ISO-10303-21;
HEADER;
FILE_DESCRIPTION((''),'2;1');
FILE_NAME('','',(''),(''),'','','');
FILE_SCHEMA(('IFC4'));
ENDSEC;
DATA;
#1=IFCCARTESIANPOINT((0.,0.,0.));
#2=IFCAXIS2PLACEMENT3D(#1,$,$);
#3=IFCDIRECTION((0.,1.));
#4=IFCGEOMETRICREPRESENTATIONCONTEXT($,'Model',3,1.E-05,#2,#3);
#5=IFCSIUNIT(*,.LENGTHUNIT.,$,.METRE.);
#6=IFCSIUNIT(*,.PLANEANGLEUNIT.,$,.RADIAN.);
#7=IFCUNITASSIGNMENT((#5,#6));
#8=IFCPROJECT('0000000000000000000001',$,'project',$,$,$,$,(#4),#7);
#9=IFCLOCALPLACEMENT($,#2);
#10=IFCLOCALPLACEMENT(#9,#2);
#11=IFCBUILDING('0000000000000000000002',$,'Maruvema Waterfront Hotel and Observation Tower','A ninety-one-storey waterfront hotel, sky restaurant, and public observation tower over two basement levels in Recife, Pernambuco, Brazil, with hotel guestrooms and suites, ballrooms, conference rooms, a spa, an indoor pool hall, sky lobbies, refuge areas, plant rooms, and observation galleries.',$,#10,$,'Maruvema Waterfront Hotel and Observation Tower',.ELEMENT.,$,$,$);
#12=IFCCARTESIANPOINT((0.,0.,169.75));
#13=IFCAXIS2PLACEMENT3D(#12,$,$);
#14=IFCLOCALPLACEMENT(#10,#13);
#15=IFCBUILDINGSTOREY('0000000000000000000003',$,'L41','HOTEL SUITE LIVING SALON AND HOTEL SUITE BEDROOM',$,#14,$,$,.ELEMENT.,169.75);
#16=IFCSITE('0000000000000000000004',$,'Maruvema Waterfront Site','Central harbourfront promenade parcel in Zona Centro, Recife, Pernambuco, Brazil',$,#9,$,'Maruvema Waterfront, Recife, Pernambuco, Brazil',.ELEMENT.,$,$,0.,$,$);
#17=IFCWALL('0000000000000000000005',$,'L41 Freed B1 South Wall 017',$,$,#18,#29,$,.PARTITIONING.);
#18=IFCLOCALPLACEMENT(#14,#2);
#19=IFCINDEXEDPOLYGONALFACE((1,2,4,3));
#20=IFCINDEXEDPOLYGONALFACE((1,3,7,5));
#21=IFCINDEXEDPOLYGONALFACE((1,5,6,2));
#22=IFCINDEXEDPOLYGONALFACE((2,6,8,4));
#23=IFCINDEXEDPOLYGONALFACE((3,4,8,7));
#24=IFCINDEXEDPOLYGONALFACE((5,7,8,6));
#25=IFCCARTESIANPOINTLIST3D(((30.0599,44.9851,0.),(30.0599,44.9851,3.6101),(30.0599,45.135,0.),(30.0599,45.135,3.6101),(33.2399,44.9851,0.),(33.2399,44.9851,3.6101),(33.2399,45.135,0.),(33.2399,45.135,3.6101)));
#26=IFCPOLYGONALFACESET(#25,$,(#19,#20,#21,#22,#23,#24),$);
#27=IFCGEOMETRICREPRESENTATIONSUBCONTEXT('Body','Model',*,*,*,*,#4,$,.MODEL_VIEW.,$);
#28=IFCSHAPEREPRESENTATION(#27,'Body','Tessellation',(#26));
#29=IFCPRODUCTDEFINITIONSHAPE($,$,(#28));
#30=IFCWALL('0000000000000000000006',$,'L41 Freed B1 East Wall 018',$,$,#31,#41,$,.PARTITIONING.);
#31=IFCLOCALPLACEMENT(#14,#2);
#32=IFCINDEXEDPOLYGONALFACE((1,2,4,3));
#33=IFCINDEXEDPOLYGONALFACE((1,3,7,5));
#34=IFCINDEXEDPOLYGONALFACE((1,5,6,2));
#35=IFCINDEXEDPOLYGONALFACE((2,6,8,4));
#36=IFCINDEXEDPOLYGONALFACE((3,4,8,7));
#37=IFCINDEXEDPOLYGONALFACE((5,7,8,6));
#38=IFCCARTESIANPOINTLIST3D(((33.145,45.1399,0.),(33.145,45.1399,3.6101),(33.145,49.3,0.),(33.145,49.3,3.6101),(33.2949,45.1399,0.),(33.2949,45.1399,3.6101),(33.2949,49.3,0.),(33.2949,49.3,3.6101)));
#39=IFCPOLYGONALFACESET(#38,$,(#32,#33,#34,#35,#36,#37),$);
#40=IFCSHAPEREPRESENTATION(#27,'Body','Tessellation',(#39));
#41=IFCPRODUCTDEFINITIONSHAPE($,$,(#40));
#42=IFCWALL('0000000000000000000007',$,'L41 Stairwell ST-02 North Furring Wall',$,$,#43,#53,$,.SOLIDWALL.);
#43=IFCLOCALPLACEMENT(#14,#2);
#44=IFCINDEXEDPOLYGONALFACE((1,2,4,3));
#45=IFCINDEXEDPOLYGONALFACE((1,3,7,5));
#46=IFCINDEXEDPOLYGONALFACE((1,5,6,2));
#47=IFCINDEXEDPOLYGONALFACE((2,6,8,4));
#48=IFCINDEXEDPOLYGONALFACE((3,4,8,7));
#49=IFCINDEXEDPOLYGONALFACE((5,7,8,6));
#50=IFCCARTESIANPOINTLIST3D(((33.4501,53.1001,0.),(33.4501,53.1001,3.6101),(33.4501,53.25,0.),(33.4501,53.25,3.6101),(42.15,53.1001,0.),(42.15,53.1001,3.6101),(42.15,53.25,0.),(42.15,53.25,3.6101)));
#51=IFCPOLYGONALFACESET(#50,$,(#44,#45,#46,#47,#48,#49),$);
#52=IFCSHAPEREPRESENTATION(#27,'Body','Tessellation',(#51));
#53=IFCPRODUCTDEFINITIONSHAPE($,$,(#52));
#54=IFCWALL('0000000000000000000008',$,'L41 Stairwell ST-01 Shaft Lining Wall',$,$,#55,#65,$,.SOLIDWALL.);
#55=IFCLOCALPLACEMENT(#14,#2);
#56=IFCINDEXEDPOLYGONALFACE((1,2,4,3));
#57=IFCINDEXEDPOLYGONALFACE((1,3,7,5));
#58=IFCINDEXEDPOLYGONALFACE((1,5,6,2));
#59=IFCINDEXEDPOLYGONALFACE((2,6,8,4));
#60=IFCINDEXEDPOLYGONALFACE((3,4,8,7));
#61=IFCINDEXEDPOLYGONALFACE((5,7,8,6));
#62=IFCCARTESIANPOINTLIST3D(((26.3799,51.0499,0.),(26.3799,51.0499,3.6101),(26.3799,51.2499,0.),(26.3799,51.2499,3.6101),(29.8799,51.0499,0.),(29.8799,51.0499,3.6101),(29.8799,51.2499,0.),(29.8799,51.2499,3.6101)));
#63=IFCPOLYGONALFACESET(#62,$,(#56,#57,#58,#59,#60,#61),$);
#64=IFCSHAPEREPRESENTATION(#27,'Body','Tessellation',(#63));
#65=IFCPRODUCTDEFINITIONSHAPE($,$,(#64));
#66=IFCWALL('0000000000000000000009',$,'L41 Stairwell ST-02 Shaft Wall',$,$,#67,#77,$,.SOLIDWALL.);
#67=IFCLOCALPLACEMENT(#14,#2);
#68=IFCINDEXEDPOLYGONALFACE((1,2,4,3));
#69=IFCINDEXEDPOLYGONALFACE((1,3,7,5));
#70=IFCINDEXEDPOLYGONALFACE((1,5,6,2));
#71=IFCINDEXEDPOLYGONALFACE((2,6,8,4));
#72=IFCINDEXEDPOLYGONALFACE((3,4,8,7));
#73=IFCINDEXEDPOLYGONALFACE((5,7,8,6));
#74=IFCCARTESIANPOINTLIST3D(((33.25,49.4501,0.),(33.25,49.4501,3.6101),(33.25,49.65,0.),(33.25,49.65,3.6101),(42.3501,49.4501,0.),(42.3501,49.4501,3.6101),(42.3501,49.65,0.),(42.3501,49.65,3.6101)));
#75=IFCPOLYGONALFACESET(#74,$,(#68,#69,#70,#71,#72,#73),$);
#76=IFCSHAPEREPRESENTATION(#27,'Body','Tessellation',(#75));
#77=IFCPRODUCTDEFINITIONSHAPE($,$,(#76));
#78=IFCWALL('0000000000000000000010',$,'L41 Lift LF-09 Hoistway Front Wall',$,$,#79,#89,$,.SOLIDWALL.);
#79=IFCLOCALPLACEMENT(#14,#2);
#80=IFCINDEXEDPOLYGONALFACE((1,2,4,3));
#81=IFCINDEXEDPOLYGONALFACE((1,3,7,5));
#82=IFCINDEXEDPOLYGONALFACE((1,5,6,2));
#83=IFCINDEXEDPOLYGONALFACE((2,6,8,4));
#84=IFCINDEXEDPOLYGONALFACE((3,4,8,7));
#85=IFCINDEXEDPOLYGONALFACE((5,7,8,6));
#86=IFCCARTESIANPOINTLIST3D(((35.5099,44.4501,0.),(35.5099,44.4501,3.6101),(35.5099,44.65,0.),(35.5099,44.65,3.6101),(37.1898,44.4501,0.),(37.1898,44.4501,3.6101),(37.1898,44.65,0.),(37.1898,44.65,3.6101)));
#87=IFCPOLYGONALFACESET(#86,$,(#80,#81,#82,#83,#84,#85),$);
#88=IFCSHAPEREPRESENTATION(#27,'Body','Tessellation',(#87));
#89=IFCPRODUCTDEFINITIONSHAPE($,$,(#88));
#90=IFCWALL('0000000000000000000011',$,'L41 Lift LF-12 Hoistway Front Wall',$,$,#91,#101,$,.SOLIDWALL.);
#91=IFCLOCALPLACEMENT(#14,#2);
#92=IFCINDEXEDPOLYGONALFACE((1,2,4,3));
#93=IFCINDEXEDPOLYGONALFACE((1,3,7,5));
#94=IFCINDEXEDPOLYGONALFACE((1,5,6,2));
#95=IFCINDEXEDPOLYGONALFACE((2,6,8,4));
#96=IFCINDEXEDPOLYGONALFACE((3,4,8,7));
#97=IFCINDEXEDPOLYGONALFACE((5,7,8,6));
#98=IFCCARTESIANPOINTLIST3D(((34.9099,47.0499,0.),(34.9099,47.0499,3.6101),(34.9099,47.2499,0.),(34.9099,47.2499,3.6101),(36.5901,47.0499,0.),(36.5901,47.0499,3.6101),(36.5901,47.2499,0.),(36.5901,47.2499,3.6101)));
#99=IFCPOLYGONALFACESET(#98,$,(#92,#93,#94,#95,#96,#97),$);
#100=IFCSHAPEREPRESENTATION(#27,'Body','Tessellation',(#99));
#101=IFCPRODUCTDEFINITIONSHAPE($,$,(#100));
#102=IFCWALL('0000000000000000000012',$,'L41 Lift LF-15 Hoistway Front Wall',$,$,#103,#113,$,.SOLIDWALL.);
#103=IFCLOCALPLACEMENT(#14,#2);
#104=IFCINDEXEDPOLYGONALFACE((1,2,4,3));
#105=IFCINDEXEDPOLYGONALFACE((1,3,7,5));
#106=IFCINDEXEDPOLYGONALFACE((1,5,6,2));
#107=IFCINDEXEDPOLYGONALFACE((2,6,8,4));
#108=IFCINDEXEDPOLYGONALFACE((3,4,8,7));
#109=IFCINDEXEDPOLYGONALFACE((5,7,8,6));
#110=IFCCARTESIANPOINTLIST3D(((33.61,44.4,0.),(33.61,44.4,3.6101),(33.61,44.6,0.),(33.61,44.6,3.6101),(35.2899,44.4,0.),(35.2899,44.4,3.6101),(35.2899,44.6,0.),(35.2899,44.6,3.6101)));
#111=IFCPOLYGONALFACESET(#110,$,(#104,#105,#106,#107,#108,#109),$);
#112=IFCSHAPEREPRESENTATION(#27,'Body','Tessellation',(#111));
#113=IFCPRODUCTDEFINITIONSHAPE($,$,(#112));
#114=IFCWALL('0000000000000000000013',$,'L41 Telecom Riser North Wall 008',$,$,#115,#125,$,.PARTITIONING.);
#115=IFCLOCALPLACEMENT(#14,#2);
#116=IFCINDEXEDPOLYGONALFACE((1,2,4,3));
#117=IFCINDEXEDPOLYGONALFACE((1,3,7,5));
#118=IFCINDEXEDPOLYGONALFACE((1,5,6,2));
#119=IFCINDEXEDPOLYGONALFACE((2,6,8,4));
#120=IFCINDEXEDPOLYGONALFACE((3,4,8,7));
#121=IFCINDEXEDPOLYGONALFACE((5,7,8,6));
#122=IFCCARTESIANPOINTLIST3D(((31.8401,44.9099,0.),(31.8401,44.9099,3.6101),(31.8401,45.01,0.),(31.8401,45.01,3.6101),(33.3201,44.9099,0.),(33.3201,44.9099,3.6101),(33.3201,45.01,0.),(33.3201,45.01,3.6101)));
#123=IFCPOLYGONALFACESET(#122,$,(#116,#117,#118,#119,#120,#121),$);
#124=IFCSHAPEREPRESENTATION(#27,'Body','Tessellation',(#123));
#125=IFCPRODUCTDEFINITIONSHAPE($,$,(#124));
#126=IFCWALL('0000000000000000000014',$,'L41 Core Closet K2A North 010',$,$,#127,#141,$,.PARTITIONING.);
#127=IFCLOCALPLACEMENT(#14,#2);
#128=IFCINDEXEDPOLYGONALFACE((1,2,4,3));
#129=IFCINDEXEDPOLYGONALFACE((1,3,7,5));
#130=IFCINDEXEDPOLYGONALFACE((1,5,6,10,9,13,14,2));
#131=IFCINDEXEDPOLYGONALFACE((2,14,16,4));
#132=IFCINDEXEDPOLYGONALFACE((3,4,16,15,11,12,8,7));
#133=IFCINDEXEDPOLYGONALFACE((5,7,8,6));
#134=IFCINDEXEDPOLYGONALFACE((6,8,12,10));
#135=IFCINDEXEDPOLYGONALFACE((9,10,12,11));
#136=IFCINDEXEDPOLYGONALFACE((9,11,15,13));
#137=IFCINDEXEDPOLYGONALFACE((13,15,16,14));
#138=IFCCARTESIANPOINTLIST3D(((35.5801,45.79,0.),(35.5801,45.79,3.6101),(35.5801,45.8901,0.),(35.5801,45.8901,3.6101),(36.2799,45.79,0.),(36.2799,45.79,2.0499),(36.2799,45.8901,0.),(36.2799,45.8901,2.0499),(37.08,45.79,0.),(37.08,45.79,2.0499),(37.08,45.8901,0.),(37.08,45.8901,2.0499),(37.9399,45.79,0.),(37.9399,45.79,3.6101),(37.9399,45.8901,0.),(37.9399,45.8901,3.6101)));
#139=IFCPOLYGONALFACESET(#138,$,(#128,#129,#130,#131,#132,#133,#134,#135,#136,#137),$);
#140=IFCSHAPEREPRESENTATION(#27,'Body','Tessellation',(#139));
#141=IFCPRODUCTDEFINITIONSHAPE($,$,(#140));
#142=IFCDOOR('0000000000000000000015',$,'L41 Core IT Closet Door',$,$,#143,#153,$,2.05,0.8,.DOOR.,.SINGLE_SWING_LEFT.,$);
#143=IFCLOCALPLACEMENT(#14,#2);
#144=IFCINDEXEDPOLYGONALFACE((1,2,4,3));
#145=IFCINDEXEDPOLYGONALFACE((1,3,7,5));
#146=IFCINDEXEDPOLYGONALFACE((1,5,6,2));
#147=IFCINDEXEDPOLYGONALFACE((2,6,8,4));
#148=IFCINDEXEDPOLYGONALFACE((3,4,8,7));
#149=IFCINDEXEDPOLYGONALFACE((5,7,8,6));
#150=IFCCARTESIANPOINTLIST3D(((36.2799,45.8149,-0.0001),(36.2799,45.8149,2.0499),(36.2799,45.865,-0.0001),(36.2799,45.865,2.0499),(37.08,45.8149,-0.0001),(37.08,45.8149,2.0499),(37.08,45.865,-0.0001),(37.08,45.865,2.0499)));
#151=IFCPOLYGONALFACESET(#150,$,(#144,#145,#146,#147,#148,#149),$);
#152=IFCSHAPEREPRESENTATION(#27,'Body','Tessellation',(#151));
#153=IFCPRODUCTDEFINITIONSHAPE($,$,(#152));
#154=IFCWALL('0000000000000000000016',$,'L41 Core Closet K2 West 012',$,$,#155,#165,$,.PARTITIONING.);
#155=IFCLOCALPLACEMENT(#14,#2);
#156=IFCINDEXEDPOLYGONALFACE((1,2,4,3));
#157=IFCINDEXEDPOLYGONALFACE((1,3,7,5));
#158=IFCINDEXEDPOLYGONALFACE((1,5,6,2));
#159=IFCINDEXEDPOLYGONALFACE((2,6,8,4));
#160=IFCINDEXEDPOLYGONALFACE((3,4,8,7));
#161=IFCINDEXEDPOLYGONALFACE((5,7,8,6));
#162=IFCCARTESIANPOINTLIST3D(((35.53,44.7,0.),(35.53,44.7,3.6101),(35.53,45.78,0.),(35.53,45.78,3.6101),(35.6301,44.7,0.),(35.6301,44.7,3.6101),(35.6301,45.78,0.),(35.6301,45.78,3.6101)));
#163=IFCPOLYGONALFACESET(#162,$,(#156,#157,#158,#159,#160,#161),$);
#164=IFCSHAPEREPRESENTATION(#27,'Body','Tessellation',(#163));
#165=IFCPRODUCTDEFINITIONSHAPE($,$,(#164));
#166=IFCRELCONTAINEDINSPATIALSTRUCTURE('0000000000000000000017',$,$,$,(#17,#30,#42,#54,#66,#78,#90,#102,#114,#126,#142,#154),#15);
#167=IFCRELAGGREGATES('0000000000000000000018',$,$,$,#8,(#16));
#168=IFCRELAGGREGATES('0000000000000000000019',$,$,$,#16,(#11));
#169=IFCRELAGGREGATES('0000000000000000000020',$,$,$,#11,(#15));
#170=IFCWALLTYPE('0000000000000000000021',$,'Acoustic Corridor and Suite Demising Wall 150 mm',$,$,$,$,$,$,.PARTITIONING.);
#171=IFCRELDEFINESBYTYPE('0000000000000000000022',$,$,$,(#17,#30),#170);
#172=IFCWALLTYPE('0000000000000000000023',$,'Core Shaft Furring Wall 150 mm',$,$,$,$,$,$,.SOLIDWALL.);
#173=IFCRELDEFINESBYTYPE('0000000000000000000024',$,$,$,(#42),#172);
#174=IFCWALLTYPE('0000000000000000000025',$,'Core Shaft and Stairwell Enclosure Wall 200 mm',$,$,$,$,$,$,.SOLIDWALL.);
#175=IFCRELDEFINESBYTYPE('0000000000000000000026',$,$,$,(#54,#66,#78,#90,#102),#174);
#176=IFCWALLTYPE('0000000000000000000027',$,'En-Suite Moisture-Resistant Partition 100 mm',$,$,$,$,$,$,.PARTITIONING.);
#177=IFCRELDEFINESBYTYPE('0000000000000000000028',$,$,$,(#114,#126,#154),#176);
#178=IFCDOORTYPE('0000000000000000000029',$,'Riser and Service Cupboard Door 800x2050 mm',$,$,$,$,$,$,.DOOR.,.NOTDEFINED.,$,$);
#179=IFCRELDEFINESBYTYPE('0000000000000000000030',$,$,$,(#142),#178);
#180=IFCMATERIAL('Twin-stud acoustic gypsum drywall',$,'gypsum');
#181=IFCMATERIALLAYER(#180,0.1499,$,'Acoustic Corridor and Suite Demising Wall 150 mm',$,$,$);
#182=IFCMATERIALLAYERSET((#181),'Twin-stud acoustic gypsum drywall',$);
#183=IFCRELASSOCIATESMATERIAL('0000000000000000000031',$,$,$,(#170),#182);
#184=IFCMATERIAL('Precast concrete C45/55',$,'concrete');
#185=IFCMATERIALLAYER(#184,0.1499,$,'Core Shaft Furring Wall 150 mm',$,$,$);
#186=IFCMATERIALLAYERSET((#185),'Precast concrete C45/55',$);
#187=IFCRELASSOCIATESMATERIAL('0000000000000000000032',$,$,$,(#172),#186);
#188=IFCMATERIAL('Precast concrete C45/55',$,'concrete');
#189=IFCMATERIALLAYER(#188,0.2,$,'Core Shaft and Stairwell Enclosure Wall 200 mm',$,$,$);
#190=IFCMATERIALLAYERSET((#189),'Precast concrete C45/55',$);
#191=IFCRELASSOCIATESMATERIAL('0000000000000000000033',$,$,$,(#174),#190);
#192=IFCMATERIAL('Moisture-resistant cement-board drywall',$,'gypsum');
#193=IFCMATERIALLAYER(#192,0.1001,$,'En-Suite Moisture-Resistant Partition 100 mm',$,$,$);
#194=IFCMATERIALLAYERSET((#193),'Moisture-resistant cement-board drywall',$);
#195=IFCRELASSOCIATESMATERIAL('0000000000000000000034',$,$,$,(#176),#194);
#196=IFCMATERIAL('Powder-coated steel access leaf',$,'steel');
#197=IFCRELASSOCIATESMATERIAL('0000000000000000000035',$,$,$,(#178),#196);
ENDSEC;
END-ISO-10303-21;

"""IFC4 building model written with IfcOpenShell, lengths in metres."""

from ifc_helpers import new_model, si_unit, direction, frame, frame_2d, origin, place, context, subcontext, project, spatial, rectangle, extrude, material, layer, layer_set, type_object, element, fill, save


model = new_model("IFC4")

# Units and contexts
model_context = context("Model", 3, precision=1e-05, world=origin(), true_north=direction((0.0, 1.0)))
body_context = subcontext(model_context, "Body", "Model", "MODEL_VIEW")
ifc_project = project(units=[si_unit("LENGTHUNIT", "METRE"), si_unit("PLANEANGLEUNIT", "RADIAN")], contexts=[model_context])

# Site, building, storey
site_placement = place(None, origin())
site = spatial("IfcSite", under=ifc_project, at=site_placement, Name="Maruvema Waterfront Site", Description="Central harbourfront promenade parcel in Zona Centro, Recife, Pernambuco, Brazil", LongName="Maruvema Waterfront, Recife, Pernambuco, Brazil", CompositionType="ELEMENT", RefElevation=0.0)
building_placement = place(site_placement, origin())
building = spatial("IfcBuilding", under=site, at=building_placement, Name="Maruvema Waterfront Hotel and Observation Tower", Description="A ninety-one-storey waterfront hotel, sky restaurant, and public observation tower over two basement levels in Recife, Pernambuco, Brazil, with hotel guestrooms and suites, ballrooms, conference rooms, a spa, an indoor pool hall, sky lobbies, refuge areas, plant rooms, and observation galleries.", LongName="Maruvema Waterfront Hotel and Observation Tower", CompositionType="ELEMENT")
storey_placement = place(building_placement, frame((0.0, 0.0, 169.75)))
storey = spatial("IfcBuildingStorey", under=building, at=storey_placement, Name="L41", Description="HOTEL SUITE LIVING SALON AND HOTEL SUITE BEDROOM", CompositionType="ELEMENT", Elevation=169.75)

# Walls
ifc_material_1 = material(Name="Twin-stud acoustic gypsum drywall", Category="gypsum")
ifc_layer_1 = layer(ifc_material_1, 0.1499, Name="Acoustic Corridor and Suite Demising Wall 150 mm")
ifc_layer_set_1 = layer_set([ifc_layer_1], Name="Twin-stud acoustic gypsum drywall")
wall_type_1 = type_object("IfcWallType", Name="Acoustic Corridor and Suite Demising Wall 150 mm", PredefinedType="PARTITIONING", material=ifc_layer_set_1)
wall_1_placement = place(storey_placement, frame((30.0601, 45.0601, 0.0), z_axis=(0.0, 0.0, 1.0), x_axis=(1.0, 0.0, 0.0)))
element("IfcWall", 1, at=wall_1_placement, inside=storey, type_object=wall_type_1, Name="L41 Freed B1 South Wall 017", PredefinedType="PARTITIONING", context=body_context, shape_type="SweptSolid", body=[
    extrude(rectangle(XDim=3.1799, YDim=0.1499, at=frame_2d((1.5898, 0.0))), origin(), (0.0, 0.0, 1.0), 3.6101),
])
wall_2_placement = place(storey_placement, frame((33.22, 45.1399, 0.0), z_axis=(0.0, 0.0, 1.0), x_axis=(0.0, 1.0, 0.0)))
element("IfcWall", 2, at=wall_2_placement, inside=storey, type_object=wall_type_1, Name="L41 Freed B1 East Wall 018", PredefinedType="PARTITIONING", context=body_context, shape_type="SweptSolid", body=[
    extrude(rectangle(XDim=4.1602, YDim=0.1499, at=frame_2d((2.0801, 0.0))), origin(), (0.0, 0.0, 1.0), 3.6101),
])
ifc_material_2 = material(Name="Precast concrete C45/55", Category="concrete")
ifc_layer_2 = layer(ifc_material_2, 0.1499, Name="Core Shaft Furring Wall 150 mm")
ifc_layer_set_2 = layer_set([ifc_layer_2], Name="Precast concrete C45/55")
wall_type_2 = type_object("IfcWallType", Name="Core Shaft Furring Wall 150 mm", PredefinedType="SOLIDWALL", material=ifc_layer_set_2)
wall_3_placement = place(storey_placement, frame((33.45, 53.175, 0.0), z_axis=(0.0, 0.0, 1.0), x_axis=(1.0, 0.0, 0.0)))
element("IfcWall", 3, at=wall_3_placement, inside=storey, type_object=wall_type_2, Name="L41 Stairwell ST-02 North Furring Wall", PredefinedType="SOLIDWALL", context=body_context, shape_type="SweptSolid", body=[
    extrude(rectangle(XDim=8.7, YDim=0.1499, at=frame_2d((4.3501, 0.0))), origin(), (0.0, 0.0, 1.0), 3.6101),
])
ifc_material_3 = material(Name="Precast concrete C45/55", Category="concrete")
ifc_layer_3 = layer(ifc_material_3, 0.2, Name="Core Shaft and Stairwell Enclosure Wall 200 mm")
ifc_layer_set_3 = layer_set([ifc_layer_3], Name="Precast concrete C45/55")
wall_type_3 = type_object("IfcWallType", Name="Core Shaft and Stairwell Enclosure Wall 200 mm", PredefinedType="SOLIDWALL", material=ifc_layer_set_3)
wall_4_placement = place(storey_placement, frame((26.3799, 51.1499, 0.0), z_axis=(0.0, 0.0, 1.0), x_axis=(1.0, 0.0, 0.0)))
element("IfcWall", 4, at=wall_4_placement, inside=storey, type_object=wall_type_3, Name="L41 Stairwell ST-01 Shaft Lining Wall", PredefinedType="SOLIDWALL", context=body_context, shape_type="SweptSolid", body=[
    extrude(rectangle(XDim=3.5, YDim=0.2, at=frame_2d((1.75, 0.0))), origin(), (0.0, 0.0, 1.0), 3.6101),
])
wall_5_placement = place(storey_placement, frame((33.25, 49.55, 0.0), z_axis=(0.0, 0.0, 1.0), x_axis=(1.0, 0.0, 0.0)))
element("IfcWall", 5, at=wall_5_placement, inside=storey, type_object=wall_type_3, Name="L41 Stairwell ST-02 Shaft Wall", PredefinedType="SOLIDWALL", context=body_context, shape_type="SweptSolid", body=[
    extrude(rectangle(XDim=9.1001, YDim=0.2, at=frame_2d((4.55, 0.0))), origin(), (0.0, 0.0, 1.0), 3.6101),
])

# Walls
wall_6_placement = place(storey_placement, frame((35.51, 44.55, 0.0), z_axis=(0.0, 0.0, 1.0), x_axis=(1.0, 0.0, 0.0)))
element("IfcWall", 6, at=wall_6_placement, inside=storey, type_object=wall_type_3, Name="L41 Lift LF-09 Hoistway Front Wall", PredefinedType="SOLIDWALL", context=body_context, shape_type="SweptSolid", body=[
    extrude(rectangle(XDim=1.6799, YDim=0.2, at=frame_2d((0.8398, 0.0))), origin(), (0.0, 0.0, 1.0), 3.6101),
])
wall_7_placement = place(storey_placement, frame((34.9099, 47.1499, 0.0), z_axis=(0.0, 0.0, 1.0), x_axis=(1.0, 0.0, 0.0)))
element("IfcWall", 7, at=wall_7_placement, inside=storey, type_object=wall_type_3, Name="L41 Lift LF-12 Hoistway Front Wall", PredefinedType="SOLIDWALL", context=body_context, shape_type="SweptSolid", body=[
    extrude(rectangle(XDim=1.6802, YDim=0.2, at=frame_2d((0.8401, 0.0))), origin(), (0.0, 0.0, 1.0), 3.6101),
])
wall_8_placement = place(storey_placement, frame((33.6101, 44.5, 0.0), z_axis=(0.0, 0.0, 1.0), x_axis=(1.0, 0.0, 0.0)))
element("IfcWall", 8, at=wall_8_placement, inside=storey, type_object=wall_type_3, Name="L41 Lift LF-15 Hoistway Front Wall", PredefinedType="SOLIDWALL", context=body_context, shape_type="SweptSolid", body=[
    extrude(rectangle(XDim=1.6799, YDim=0.2, at=frame_2d((0.8398, 0.0))), origin(), (0.0, 0.0, 1.0), 3.6101),
])
ifc_material_4 = material(Name="Moisture-resistant cement-board drywall", Category="gypsum")
ifc_layer_4 = layer(ifc_material_4, 0.1001, Name="En-Suite Moisture-Resistant Partition 100 mm")
ifc_layer_set_4 = layer_set([ifc_layer_4], Name="Moisture-resistant cement-board drywall")
wall_type_4 = type_object("IfcWallType", Name="En-Suite Moisture-Resistant Partition 100 mm", PredefinedType="PARTITIONING", material=ifc_layer_set_4)
wall_9_placement = place(storey_placement, frame((31.8401, 44.96, 0.0), z_axis=(0.0, 0.0, 1.0), x_axis=(1.0, 0.0, 0.0)))
element("IfcWall", 9, at=wall_9_placement, inside=storey, type_object=wall_type_4, Name="L41 Telecom Riser North Wall 008", PredefinedType="PARTITIONING", context=body_context, shape_type="SweptSolid", body=[
    extrude(rectangle(XDim=1.48, YDim=0.1001, at=frame_2d((0.74, 0.0))), origin(), (0.0, 0.0, 1.0), 3.6101),
])

# Wall, opening, door
wall_10_placement = place(storey_placement, frame((35.5801, 45.8401, 0.0), z_axis=(0.0, 0.0, 1.0), x_axis=(1.0, 0.0, 0.0)))
wall_10 = element("IfcWall", 10, at=wall_10_placement, inside=storey, type_object=wall_type_4, Name="L41 Core Closet K2A North 010", PredefinedType="PARTITIONING", context=body_context, shape_type="SweptSolid", body=[
    extrude(rectangle(XDim=2.3599, YDim=0.1001, at=frame_2d((1.1799, 0.0))), origin(), (0.0, 0.0, 1.0), 3.6101),
])
opening_1_placement = place(wall_10_placement, frame((0.7, 0.0, 0.0)))
opening_1 = element("IfcOpeningElement", 11, at=opening_1_placement, cuts=wall_10, PredefinedType="OPENING", context=body_context, shape_type="SweptSolid", body=[
    extrude(rectangle(XDim=0.8, YDim=2.05, at=frame_2d((0.3999, 1.0249))), frame((0.0, 0.0601, 0.0), z_axis=(0.0, -1.0, 0.0), x_axis=(1.0, 0.0, 0.0)), (0.0, 0.0, 1.0), 0.1201),
])
ifc_material_5 = material(Name="Powder-coated steel access leaf", Category="steel")
door_type_1 = type_object("IfcDoorType", Name="Riser and Service Cupboard Door 800x2050 mm", OperationType="NOTDEFINED", PredefinedType="DOOR", material=ifc_material_5)
door_1_placement = place(opening_1_placement, origin())
door_1 = element("IfcDoor", 12, at=door_1_placement, inside=storey, type_object=door_type_1, Name="L41 Core IT Closet Door", OperationType="SINGLE_SWING_LEFT", OverallHeight=2.05, OverallWidth=0.8, PredefinedType="DOOR", context=body_context, shape_type="SweptSolid", body=[
    extrude(rectangle(XDim=0.8, YDim=2.05, at=frame_2d((0.3999, 1.0249))), frame((0.0, 0.0249, 0.0), z_axis=(0.0, -1.0, 0.0), x_axis=(1.0, 0.0, 0.0)), (0.0, 0.0, 1.0), 0.05),
])
fill(opening_1, door_1)

# Wall
wall_11_placement = place(storey_placement, frame((35.5801, 44.7, 0.0), z_axis=(0.0, 0.0, 1.0), x_axis=(0.0, 1.0, 0.0)))
element("IfcWall", 13, at=wall_11_placement, inside=storey, type_object=wall_type_4, Name="L41 Core Closet K2 West 012", PredefinedType="PARTITIONING", context=body_context, shape_type="SweptSolid", body=[
    extrude(rectangle(XDim=1.0801, YDim=0.1001, at=frame_2d((0.54, 0.0))), origin(), (0.0, 0.0, 1.0), 3.6101),
])

save(model, "model.ifc")
